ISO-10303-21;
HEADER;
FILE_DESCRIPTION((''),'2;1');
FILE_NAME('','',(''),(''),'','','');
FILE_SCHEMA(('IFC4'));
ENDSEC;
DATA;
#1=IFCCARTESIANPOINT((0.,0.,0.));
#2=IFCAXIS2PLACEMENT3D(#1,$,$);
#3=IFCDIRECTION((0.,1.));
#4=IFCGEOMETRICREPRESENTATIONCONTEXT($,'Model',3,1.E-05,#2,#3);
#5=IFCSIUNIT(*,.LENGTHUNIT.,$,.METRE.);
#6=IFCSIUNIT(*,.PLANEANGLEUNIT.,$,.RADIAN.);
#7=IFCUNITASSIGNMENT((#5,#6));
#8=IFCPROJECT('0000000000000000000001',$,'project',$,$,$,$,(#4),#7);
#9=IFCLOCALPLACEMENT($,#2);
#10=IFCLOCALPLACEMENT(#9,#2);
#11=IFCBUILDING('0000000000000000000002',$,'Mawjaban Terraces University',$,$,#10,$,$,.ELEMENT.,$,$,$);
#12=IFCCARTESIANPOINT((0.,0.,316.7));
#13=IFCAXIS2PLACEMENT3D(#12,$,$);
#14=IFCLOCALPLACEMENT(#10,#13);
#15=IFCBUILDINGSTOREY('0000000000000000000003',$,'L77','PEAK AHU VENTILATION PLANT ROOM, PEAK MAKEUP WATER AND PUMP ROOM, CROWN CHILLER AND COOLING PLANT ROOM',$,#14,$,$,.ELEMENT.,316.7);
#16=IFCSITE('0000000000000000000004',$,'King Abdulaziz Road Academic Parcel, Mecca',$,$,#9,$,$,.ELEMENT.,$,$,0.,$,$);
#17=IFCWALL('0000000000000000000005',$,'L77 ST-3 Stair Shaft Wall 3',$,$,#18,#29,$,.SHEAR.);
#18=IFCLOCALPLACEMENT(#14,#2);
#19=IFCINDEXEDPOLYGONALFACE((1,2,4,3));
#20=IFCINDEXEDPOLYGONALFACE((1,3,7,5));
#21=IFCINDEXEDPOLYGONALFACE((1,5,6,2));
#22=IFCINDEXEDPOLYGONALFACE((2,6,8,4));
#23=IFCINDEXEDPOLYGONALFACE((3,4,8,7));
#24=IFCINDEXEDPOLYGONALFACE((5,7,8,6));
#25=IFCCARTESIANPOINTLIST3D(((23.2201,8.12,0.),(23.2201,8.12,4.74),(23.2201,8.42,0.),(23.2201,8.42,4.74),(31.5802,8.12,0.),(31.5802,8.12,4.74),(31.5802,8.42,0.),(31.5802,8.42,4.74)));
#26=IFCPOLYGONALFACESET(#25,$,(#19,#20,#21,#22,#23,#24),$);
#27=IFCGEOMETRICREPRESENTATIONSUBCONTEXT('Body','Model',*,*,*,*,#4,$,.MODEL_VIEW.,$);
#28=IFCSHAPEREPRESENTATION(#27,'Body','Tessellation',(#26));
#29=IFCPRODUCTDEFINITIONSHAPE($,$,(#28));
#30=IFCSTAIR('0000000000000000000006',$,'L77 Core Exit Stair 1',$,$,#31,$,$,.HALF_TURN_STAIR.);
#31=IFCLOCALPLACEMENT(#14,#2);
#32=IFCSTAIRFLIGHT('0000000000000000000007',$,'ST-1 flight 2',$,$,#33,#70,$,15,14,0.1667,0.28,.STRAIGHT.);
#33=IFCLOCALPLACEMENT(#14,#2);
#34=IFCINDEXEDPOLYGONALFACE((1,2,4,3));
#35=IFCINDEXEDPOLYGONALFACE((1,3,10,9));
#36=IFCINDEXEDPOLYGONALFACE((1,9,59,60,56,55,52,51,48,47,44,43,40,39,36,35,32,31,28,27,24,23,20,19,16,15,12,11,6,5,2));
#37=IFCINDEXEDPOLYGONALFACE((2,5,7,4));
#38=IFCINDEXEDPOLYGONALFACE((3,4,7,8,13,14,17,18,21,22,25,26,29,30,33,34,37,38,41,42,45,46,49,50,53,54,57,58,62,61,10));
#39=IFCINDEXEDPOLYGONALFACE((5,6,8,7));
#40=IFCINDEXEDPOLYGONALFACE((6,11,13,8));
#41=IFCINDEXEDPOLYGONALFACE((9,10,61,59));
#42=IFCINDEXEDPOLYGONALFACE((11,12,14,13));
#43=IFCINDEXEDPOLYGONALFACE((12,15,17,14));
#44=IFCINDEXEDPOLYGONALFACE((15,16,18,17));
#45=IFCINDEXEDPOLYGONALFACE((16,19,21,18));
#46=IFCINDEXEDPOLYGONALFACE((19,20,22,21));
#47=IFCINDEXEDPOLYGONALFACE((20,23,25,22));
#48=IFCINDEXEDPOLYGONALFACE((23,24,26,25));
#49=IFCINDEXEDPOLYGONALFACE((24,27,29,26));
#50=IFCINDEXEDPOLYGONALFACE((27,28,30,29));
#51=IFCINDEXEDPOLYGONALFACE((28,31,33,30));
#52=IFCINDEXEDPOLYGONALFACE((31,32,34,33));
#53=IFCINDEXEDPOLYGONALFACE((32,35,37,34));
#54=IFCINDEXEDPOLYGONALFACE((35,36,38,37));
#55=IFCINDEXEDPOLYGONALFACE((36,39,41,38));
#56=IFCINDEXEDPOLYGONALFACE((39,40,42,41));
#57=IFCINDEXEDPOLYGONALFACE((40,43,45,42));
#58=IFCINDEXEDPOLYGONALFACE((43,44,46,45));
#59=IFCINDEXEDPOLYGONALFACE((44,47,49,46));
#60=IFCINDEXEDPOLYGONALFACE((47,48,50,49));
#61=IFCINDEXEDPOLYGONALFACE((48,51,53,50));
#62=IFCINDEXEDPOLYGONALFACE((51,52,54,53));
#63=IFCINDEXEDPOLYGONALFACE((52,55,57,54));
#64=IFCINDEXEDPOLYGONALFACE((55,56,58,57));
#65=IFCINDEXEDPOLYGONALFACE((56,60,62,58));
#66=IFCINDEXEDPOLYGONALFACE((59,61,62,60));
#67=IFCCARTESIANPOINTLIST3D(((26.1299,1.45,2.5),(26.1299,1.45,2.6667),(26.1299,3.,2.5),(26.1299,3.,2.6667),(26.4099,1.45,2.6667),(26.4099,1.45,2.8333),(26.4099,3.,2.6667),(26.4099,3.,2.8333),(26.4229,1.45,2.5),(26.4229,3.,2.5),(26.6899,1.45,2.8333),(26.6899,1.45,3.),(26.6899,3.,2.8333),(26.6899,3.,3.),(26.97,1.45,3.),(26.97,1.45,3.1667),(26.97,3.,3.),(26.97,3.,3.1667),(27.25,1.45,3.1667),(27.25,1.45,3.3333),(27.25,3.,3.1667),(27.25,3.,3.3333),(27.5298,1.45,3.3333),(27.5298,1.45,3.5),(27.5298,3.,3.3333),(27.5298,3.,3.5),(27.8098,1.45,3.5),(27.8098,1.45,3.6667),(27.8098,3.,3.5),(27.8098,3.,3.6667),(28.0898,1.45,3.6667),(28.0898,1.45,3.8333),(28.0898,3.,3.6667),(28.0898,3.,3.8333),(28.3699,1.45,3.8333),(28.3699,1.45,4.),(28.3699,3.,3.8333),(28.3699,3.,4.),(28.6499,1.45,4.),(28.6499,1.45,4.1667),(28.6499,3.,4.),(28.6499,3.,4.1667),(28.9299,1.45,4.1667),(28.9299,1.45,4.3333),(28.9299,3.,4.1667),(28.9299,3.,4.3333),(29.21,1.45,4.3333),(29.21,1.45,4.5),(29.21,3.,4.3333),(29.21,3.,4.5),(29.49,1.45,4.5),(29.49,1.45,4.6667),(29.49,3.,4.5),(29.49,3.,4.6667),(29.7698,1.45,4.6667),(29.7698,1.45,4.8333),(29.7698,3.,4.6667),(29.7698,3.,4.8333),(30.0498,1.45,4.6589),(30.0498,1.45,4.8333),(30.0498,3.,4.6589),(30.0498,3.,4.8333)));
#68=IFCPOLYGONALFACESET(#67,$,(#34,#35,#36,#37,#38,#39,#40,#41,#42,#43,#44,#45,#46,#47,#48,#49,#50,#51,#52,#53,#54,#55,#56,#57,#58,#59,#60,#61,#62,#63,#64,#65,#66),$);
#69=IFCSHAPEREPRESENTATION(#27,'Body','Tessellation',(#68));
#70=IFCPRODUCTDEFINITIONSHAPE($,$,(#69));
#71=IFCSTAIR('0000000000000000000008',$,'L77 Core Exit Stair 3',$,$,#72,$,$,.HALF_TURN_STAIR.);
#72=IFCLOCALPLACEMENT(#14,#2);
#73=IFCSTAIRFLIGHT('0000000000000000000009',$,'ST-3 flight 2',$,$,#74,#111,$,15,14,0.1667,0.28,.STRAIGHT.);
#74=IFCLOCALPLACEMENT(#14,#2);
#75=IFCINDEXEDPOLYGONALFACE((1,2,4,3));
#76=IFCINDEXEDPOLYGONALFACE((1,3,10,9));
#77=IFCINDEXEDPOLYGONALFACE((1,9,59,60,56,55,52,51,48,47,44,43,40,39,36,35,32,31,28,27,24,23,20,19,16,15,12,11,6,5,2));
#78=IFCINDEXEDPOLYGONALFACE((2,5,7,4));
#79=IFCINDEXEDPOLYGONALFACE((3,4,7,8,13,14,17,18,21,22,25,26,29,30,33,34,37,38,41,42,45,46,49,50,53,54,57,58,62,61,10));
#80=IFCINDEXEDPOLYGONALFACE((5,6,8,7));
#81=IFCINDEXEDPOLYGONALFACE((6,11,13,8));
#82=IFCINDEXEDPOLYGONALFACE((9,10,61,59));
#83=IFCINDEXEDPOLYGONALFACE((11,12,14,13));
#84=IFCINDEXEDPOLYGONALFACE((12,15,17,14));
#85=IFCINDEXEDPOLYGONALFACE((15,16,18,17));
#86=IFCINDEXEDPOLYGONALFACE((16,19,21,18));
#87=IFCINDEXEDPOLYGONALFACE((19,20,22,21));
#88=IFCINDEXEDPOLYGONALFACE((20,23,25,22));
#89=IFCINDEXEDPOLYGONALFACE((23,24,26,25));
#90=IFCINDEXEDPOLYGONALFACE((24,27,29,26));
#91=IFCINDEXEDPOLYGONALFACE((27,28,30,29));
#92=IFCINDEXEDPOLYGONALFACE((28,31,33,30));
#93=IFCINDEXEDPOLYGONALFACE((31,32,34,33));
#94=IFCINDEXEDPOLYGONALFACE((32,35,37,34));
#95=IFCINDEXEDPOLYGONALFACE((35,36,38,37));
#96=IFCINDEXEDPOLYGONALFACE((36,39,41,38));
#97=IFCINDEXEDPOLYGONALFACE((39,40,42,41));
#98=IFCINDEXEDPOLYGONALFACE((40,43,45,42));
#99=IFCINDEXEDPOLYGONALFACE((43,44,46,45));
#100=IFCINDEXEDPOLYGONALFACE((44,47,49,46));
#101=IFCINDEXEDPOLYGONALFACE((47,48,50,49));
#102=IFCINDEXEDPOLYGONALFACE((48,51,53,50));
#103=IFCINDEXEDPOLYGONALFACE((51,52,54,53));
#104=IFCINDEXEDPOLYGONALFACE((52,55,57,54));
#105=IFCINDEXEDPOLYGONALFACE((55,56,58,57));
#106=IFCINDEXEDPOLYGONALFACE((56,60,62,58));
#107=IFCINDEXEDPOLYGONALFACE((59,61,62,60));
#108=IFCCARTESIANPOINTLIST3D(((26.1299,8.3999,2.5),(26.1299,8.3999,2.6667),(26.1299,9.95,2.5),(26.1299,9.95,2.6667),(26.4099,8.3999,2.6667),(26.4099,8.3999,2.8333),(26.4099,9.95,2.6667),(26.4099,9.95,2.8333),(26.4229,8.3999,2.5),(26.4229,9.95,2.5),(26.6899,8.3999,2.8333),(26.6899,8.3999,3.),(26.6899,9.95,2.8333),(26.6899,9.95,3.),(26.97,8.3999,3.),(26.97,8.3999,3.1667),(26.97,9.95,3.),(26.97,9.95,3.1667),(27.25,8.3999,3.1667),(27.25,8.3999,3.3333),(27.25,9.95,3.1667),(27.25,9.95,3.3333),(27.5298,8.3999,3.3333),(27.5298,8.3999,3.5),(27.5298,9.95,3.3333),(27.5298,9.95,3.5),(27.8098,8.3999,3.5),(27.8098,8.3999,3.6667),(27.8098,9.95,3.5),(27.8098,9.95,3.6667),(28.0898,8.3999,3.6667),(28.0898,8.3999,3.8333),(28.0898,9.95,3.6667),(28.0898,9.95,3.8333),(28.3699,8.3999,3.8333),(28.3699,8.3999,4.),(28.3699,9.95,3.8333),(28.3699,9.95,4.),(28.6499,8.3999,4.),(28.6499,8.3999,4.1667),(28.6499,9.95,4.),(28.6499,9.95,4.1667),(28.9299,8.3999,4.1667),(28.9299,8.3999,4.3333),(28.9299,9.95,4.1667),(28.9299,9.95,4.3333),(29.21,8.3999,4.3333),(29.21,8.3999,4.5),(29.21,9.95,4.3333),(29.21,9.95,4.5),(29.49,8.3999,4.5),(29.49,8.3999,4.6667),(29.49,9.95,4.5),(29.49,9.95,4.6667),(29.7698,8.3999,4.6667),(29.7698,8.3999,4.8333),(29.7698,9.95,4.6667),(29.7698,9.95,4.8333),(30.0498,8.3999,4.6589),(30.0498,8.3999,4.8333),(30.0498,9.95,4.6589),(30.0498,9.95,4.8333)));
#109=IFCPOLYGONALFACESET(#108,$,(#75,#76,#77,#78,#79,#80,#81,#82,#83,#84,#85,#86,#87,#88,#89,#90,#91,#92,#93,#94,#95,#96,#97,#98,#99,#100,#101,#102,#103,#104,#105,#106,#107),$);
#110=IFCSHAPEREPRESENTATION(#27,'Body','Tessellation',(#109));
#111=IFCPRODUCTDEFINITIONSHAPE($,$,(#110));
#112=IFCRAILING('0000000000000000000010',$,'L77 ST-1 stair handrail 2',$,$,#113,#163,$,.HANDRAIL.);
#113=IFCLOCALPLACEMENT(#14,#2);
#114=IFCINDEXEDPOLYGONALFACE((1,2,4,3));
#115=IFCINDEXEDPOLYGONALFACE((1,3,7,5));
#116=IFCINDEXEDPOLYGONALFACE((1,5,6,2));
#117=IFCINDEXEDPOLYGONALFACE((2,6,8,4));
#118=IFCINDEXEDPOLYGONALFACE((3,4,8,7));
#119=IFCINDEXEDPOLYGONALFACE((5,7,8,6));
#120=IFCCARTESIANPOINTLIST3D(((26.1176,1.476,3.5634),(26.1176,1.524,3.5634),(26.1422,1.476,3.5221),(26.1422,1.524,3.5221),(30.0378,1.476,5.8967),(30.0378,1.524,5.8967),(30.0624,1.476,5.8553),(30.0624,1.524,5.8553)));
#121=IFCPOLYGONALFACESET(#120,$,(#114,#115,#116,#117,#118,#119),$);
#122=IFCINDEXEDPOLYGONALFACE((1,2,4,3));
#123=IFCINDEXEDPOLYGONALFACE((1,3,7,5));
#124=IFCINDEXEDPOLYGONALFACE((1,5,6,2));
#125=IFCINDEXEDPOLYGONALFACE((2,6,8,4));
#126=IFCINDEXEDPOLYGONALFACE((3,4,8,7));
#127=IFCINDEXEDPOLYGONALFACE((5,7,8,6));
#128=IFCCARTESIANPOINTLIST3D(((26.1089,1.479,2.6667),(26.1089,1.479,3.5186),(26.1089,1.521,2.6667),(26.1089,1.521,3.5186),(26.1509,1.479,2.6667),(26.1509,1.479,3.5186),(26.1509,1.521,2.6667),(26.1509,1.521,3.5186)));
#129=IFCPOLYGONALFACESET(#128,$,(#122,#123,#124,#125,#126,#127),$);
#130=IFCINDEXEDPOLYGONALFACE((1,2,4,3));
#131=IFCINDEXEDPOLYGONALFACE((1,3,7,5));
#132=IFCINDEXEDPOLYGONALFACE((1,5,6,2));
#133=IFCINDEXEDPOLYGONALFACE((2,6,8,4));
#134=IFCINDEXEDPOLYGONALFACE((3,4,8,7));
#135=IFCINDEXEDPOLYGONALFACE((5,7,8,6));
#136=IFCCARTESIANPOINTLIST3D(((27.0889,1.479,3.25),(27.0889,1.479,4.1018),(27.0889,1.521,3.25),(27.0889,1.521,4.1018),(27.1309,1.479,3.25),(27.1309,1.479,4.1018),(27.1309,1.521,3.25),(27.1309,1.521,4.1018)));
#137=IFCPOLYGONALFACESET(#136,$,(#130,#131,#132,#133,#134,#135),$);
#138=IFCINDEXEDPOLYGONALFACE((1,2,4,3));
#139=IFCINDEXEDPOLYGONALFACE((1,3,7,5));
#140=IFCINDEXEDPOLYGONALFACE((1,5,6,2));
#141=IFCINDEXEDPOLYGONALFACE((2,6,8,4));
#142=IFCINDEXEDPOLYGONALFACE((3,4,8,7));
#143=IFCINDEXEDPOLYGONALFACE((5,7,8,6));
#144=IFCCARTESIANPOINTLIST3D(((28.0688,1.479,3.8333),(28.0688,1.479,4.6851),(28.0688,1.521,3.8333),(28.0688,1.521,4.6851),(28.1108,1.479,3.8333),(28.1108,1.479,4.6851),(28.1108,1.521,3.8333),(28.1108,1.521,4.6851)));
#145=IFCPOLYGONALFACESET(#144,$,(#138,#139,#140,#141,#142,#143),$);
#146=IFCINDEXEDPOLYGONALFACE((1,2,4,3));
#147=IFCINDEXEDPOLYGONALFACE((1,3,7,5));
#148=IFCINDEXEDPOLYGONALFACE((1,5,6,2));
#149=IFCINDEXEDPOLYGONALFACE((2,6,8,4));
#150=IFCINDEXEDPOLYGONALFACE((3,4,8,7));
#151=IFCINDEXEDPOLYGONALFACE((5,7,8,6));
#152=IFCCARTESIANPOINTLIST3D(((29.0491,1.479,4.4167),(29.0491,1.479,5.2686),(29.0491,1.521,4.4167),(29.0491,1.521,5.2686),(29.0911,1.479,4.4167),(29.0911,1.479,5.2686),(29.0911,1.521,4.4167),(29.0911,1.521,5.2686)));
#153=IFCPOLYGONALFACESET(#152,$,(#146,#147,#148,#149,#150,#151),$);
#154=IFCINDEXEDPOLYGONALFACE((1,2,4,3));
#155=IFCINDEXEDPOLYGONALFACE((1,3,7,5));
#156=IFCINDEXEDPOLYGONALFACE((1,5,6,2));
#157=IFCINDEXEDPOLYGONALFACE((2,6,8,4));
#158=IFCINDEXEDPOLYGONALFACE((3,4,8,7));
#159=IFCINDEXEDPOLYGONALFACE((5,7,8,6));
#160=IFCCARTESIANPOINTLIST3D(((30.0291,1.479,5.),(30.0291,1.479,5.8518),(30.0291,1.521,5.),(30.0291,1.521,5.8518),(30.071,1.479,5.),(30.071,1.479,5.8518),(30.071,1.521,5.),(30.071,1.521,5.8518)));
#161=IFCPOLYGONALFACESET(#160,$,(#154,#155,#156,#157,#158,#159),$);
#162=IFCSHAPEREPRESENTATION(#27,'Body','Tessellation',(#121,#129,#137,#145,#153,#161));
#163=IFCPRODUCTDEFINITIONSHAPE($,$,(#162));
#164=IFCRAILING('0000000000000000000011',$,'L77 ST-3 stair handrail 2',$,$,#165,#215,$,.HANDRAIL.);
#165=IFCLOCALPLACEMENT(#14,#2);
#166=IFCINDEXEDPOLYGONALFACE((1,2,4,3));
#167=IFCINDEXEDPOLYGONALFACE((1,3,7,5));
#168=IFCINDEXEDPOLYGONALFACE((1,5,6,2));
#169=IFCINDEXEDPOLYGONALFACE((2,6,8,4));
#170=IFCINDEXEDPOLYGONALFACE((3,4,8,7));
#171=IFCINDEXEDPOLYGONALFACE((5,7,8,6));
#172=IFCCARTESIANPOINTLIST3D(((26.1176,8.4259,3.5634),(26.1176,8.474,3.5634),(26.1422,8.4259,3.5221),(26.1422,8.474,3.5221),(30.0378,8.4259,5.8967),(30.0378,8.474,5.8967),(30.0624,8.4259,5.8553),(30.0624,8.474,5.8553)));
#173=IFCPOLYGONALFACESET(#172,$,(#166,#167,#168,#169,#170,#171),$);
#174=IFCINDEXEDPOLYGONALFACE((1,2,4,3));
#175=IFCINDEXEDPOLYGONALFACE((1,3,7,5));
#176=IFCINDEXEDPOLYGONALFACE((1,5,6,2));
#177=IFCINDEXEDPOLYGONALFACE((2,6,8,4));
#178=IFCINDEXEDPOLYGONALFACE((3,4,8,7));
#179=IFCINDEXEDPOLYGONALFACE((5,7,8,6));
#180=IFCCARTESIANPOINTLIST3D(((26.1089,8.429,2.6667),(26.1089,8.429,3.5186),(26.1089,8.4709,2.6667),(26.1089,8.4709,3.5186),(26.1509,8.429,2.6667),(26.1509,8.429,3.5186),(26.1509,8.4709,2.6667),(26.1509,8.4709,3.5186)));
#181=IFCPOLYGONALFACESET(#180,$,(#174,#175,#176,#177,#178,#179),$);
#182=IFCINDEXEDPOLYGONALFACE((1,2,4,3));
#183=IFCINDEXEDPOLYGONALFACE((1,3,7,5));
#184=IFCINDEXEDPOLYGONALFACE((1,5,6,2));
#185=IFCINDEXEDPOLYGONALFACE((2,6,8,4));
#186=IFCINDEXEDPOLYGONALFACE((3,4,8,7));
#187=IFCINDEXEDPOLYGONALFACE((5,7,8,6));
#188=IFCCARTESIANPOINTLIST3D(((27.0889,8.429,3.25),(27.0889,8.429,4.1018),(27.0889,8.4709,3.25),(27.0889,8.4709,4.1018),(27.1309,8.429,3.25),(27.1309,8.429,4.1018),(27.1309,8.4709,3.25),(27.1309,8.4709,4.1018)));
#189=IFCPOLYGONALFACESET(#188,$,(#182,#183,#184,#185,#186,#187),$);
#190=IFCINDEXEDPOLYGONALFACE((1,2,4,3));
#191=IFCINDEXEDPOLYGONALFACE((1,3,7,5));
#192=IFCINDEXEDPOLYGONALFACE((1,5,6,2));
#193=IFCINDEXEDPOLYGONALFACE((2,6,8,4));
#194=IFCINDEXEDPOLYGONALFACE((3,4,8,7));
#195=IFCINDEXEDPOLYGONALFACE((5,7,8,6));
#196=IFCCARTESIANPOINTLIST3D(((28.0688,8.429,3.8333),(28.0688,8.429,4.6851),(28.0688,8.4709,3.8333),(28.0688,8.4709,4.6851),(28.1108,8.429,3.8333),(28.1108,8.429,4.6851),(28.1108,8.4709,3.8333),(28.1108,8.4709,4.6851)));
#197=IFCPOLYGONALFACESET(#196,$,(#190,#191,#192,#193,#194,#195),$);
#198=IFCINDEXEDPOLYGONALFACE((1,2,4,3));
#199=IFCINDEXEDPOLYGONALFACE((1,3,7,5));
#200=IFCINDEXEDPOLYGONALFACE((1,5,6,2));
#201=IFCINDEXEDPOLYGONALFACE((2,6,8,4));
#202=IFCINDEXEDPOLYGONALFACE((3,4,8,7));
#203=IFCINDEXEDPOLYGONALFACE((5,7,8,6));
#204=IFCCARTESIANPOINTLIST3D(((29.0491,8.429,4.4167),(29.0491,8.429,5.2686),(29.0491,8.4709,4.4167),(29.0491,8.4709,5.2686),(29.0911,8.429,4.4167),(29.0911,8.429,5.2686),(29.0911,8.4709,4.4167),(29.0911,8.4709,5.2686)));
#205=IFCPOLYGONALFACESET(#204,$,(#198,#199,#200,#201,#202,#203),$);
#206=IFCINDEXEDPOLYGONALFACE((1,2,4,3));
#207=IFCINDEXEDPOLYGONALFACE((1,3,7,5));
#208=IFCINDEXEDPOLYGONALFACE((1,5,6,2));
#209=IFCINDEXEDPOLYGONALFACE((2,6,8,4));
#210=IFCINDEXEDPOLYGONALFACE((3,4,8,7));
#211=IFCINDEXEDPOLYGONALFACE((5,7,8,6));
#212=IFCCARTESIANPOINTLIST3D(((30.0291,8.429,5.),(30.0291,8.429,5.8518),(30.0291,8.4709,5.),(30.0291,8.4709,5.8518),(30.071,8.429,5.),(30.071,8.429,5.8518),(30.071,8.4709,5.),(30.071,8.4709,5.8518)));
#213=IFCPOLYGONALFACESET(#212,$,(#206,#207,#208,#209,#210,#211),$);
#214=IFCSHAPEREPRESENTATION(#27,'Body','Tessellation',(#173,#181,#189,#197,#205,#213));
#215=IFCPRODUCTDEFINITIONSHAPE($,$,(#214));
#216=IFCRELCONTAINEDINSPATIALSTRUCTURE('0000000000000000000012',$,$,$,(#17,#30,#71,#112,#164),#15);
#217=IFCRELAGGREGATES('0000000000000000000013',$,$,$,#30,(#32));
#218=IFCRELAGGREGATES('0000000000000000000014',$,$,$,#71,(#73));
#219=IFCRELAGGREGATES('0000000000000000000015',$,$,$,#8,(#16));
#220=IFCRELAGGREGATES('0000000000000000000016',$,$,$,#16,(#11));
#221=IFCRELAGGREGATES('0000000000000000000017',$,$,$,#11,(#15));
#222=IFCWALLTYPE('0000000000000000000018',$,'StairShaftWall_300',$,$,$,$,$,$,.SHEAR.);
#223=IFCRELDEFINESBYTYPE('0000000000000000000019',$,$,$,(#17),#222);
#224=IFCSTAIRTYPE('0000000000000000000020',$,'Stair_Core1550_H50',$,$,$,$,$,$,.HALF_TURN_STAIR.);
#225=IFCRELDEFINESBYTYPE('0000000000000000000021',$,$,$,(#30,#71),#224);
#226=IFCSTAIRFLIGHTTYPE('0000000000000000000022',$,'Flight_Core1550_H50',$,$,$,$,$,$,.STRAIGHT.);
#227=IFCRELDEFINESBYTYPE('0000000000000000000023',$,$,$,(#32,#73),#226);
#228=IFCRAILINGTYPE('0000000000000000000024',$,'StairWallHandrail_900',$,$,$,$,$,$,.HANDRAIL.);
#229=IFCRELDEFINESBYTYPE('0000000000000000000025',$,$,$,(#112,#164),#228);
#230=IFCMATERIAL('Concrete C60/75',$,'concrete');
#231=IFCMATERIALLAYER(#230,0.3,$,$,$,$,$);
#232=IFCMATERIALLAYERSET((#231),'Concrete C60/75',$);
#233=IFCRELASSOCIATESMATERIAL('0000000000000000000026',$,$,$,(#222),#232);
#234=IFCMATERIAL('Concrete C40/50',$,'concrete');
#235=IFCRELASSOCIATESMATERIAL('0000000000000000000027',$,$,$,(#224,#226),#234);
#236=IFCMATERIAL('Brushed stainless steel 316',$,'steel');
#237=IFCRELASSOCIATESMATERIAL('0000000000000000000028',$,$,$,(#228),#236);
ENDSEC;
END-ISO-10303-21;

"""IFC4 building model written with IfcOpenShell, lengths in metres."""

from ifc_helpers import new_model, si_unit, direction, frame, frame_2d, origin, origin_2d, place, context, subcontext, project, spatial, polyline, rectangle, outline, extrude, material, layer, layer_set, type_object, element, aggregate, save


model = new_model("IFC4")

# Units and contexts
model_context = context("Model", 3, precision=1e-05, world=origin(), true_north=direction((0.0, 1.0)))
body_context = subcontext(model_context, "Body", "Model", "MODEL_VIEW")
ifc_project = project(units=[si_unit("LENGTHUNIT", "METRE"), si_unit("PLANEANGLEUNIT", "RADIAN")], contexts=[model_context])

# Site, building, storey
site_placement = place(None, origin())
site = spatial("IfcSite", under=ifc_project, at=site_placement, Name="King Abdulaziz Road Academic Parcel, Mecca", CompositionType="ELEMENT", RefElevation=0.0)
building_placement = place(site_placement, origin())
building = spatial("IfcBuilding", under=site, at=building_placement, Name="Mawjaban Terraces University", CompositionType="ELEMENT")
storey_placement = place(building_placement, frame((0.0, 0.0, 316.7)))
storey = spatial("IfcBuildingStorey", under=building, at=storey_placement, Name="L77", Description="PEAK AHU VENTILATION PLANT ROOM, PEAK MAKEUP WATER AND PUMP ROOM, CROWN CHILLER AND COOLING PLANT ROOM", CompositionType="ELEMENT", Elevation=316.7)

# Wall
ifc_material_1 = material(Name="Concrete C60/75", Category="concrete")
ifc_layer_1 = layer(ifc_material_1, 0.3)
ifc_layer_set_1 = layer_set([ifc_layer_1], Name="Concrete C60/75")
wall_type_1 = type_object("IfcWallType", Name="StairShaftWall_300", PredefinedType="SHEAR", material=ifc_layer_set_1)
for number, where, z_axis, x_axis, name in (
    (1, (23.22, 8.27, 0.0), (0.0, 0.0, 1.0), (1.0, 0.0, 0.0), "L77 ST-3 Stair Shaft Wall 3"),
):
    element("IfcWall", number, at=place(storey_placement, frame(where, z_axis=z_axis, x_axis=x_axis)), inside=storey, type_object=wall_type_1, Name=name, PredefinedType="SHEAR", context=body_context, shape_type="SweptSolid", body=[
        extrude(rectangle(XDim=8.3601, YDim=0.3, at=frame_2d((4.1802, 0.0))), origin(), (0.0, 0.0, 1.0), 4.74),
    ])

# Stairs, stair flights
ifc_material_2 = material(Name="Concrete C40/50", Category="concrete")
stair_type = type_object("IfcStairType", Name="Stair_Core1550_H50", PredefinedType="HALF_TURN_STAIR", material=ifc_material_2)
stair_1_placement = place(storey_placement, origin())
stair_1 = element("IfcStair", 2, at=stair_1_placement, inside=storey, type_object=stair_type, Name="L77 Core Exit Stair 1", PredefinedType="HALF_TURN_STAIR")
stair_flight_type = type_object("IfcStairFlightType", Name="Flight_Core1550_H50", PredefinedType="STRAIGHT", material=ifc_material_2)
stair_flight_1_placement = place(storey_placement, frame((26.1299, 2.2251, 2.5), z_axis=(0.0, 0.0, 1.0), x_axis=(1.0, 0.0, 0.0)))
stair_flight_1 = element("IfcStairFlight", 3, at=stair_flight_1_placement, type_object=stair_flight_type, Name="ST-1 flight 2", NumberOfRisers=15, NumberOfTreads=14, PredefinedType="STRAIGHT", RiserHeight=0.1667, TreadLength=0.28, context=body_context, shape_type="SweptSolid", body=[
    extrude(outline(polyline([(0.0, 0.0), (0.0, 0.1667), (0.28, 0.1667), (0.28, 0.3333), (0.5601, 0.3333), (0.5601, 0.5), (0.8401, 0.5), (0.8401, 0.6667), (1.1201, 0.6667), (1.1201, 0.8333), (1.3999, 0.8333), (1.3999, 1.0), (1.6799, 1.0), (1.6799, 1.1667), (1.96, 1.1667), (1.96, 1.3333), (2.24, 1.3333), (2.24, 1.5), (2.52, 1.5), (2.52, 1.6667), (2.8, 1.6667), (2.8, 1.8333), (3.0801, 1.8333), (3.0801, 2.0), (3.3601, 2.0), (3.3601, 2.1667), (3.6399, 2.1667), (3.6399, 2.3333), (3.9199, 2.3333), (3.9199, 2.5), (3.9199, 2.1589), (0.293, 0.0), (0.0, 0.0)])), frame((0.0, 0.7749, 0.0), z_axis=(0.0, -1.0, 0.0), x_axis=(1.0, 0.0, 0.0)), (0.0, 0.0, 1.0), 1.55),
])
aggregate(stair_1, [stair_flight_1])
stair_2_placement = place(storey_placement, origin())
stair_2 = element("IfcStair", 4, at=stair_2_placement, inside=storey, type_object=stair_type, Name="L77 Core Exit Stair 3", PredefinedType="HALF_TURN_STAIR")
stair_flight_2_placement = place(storey_placement, frame((26.1299, 9.175, 2.5), z_axis=(0.0, 0.0, 1.0), x_axis=(1.0, 0.0, 0.0)))
stair_flight_2 = element("IfcStairFlight", 5, at=stair_flight_2_placement, type_object=stair_flight_type, Name="ST-3 flight 2", NumberOfRisers=15, NumberOfTreads=14, PredefinedType="STRAIGHT", RiserHeight=0.1667, TreadLength=0.28, context=body_context, shape_type="SweptSolid", body=[
    extrude(outline(polyline([(0.0, 0.0), (0.0, 0.1667), (0.28, 0.1667), (0.28, 0.3333), (0.5601, 0.3333), (0.5601, 0.5), (0.8401, 0.5), (0.8401, 0.6667), (1.1201, 0.6667), (1.1201, 0.8333), (1.3999, 0.8333), (1.3999, 1.0), (1.6799, 1.0), (1.6799, 1.1667), (1.96, 1.1667), (1.96, 1.3333), (2.24, 1.3333), (2.24, 1.5), (2.52, 1.5), (2.52, 1.6667), (2.8, 1.6667), (2.8, 1.8333), (3.0801, 1.8333), (3.0801, 2.0), (3.3601, 2.0), (3.3601, 2.1667), (3.6399, 2.1667), (3.6399, 2.3333), (3.9199, 2.3333), (3.9199, 2.5), (3.9199, 2.1589), (0.293, 0.0), (0.0, 0.0)])), frame((0.0, 0.7749, 0.0), z_axis=(0.0, -1.0, 0.0), x_axis=(1.0, 0.0, 0.0)), (0.0, 0.0, 1.0), 1.55),
])
aggregate(stair_2, [stair_flight_2])

# Railings
ifc_material_3 = material(Name="Brushed stainless steel 316", Category="steel")
railing_type_1 = type_object("IfcRailingType", Name="StairWallHandrail_900", PredefinedType="HANDRAIL", material=ifc_material_3)
for number, where, name in (
    (6, (26.1299, 1.5, 2.6667), "L77 ST-1 stair handrail 2"),
    (7, (26.1299, 8.45, 2.6667), "L77 ST-3 stair handrail 2"),
):
    element("IfcRailing", number, at=place(storey_placement, frame(where)), inside=storey, type_object=railing_type_1, Name=name, PredefinedType="HANDRAIL", context=body_context, shape_type="SweptSolid", body=[
        extrude(rectangle(XDim=0.0481, YDim=0.0481, at=origin_2d()), frame((0.0, 0.0, 0.876), z_axis=(0.85931, 0.0, 0.511455), x_axis=(0.0, 1.0, 0.0)), (0.0, 0.0, 1.0), 4.562),
        extrude(rectangle(XDim=0.042, YDim=0.042, at=origin_2d()), origin(), (0.0, 0.0, 1.0), 0.8518),
        extrude(rectangle(XDim=0.042, YDim=0.042, at=origin_2d()), frame((0.98, 0.0, 0.5833)), (0.0, 0.0, 1.0), 0.8518),
        extrude(rectangle(XDim=0.042, YDim=0.042, at=origin_2d()), frame((1.96, 0.0, 1.1665)), (0.0, 0.0, 1.0), 0.8518),
        extrude(rectangle(XDim=0.042, YDim=0.042, at=origin_2d()), frame((2.9402, 0.0, 1.75)), (0.0, 0.0, 1.0), 0.8518),
        extrude(rectangle(XDim=0.042, YDim=0.042, at=origin_2d()), frame((3.9202, 0.0, 2.3333)), (0.0, 0.0, 1.0), 0.8518),
    ])

save(model, "model.ifc")
